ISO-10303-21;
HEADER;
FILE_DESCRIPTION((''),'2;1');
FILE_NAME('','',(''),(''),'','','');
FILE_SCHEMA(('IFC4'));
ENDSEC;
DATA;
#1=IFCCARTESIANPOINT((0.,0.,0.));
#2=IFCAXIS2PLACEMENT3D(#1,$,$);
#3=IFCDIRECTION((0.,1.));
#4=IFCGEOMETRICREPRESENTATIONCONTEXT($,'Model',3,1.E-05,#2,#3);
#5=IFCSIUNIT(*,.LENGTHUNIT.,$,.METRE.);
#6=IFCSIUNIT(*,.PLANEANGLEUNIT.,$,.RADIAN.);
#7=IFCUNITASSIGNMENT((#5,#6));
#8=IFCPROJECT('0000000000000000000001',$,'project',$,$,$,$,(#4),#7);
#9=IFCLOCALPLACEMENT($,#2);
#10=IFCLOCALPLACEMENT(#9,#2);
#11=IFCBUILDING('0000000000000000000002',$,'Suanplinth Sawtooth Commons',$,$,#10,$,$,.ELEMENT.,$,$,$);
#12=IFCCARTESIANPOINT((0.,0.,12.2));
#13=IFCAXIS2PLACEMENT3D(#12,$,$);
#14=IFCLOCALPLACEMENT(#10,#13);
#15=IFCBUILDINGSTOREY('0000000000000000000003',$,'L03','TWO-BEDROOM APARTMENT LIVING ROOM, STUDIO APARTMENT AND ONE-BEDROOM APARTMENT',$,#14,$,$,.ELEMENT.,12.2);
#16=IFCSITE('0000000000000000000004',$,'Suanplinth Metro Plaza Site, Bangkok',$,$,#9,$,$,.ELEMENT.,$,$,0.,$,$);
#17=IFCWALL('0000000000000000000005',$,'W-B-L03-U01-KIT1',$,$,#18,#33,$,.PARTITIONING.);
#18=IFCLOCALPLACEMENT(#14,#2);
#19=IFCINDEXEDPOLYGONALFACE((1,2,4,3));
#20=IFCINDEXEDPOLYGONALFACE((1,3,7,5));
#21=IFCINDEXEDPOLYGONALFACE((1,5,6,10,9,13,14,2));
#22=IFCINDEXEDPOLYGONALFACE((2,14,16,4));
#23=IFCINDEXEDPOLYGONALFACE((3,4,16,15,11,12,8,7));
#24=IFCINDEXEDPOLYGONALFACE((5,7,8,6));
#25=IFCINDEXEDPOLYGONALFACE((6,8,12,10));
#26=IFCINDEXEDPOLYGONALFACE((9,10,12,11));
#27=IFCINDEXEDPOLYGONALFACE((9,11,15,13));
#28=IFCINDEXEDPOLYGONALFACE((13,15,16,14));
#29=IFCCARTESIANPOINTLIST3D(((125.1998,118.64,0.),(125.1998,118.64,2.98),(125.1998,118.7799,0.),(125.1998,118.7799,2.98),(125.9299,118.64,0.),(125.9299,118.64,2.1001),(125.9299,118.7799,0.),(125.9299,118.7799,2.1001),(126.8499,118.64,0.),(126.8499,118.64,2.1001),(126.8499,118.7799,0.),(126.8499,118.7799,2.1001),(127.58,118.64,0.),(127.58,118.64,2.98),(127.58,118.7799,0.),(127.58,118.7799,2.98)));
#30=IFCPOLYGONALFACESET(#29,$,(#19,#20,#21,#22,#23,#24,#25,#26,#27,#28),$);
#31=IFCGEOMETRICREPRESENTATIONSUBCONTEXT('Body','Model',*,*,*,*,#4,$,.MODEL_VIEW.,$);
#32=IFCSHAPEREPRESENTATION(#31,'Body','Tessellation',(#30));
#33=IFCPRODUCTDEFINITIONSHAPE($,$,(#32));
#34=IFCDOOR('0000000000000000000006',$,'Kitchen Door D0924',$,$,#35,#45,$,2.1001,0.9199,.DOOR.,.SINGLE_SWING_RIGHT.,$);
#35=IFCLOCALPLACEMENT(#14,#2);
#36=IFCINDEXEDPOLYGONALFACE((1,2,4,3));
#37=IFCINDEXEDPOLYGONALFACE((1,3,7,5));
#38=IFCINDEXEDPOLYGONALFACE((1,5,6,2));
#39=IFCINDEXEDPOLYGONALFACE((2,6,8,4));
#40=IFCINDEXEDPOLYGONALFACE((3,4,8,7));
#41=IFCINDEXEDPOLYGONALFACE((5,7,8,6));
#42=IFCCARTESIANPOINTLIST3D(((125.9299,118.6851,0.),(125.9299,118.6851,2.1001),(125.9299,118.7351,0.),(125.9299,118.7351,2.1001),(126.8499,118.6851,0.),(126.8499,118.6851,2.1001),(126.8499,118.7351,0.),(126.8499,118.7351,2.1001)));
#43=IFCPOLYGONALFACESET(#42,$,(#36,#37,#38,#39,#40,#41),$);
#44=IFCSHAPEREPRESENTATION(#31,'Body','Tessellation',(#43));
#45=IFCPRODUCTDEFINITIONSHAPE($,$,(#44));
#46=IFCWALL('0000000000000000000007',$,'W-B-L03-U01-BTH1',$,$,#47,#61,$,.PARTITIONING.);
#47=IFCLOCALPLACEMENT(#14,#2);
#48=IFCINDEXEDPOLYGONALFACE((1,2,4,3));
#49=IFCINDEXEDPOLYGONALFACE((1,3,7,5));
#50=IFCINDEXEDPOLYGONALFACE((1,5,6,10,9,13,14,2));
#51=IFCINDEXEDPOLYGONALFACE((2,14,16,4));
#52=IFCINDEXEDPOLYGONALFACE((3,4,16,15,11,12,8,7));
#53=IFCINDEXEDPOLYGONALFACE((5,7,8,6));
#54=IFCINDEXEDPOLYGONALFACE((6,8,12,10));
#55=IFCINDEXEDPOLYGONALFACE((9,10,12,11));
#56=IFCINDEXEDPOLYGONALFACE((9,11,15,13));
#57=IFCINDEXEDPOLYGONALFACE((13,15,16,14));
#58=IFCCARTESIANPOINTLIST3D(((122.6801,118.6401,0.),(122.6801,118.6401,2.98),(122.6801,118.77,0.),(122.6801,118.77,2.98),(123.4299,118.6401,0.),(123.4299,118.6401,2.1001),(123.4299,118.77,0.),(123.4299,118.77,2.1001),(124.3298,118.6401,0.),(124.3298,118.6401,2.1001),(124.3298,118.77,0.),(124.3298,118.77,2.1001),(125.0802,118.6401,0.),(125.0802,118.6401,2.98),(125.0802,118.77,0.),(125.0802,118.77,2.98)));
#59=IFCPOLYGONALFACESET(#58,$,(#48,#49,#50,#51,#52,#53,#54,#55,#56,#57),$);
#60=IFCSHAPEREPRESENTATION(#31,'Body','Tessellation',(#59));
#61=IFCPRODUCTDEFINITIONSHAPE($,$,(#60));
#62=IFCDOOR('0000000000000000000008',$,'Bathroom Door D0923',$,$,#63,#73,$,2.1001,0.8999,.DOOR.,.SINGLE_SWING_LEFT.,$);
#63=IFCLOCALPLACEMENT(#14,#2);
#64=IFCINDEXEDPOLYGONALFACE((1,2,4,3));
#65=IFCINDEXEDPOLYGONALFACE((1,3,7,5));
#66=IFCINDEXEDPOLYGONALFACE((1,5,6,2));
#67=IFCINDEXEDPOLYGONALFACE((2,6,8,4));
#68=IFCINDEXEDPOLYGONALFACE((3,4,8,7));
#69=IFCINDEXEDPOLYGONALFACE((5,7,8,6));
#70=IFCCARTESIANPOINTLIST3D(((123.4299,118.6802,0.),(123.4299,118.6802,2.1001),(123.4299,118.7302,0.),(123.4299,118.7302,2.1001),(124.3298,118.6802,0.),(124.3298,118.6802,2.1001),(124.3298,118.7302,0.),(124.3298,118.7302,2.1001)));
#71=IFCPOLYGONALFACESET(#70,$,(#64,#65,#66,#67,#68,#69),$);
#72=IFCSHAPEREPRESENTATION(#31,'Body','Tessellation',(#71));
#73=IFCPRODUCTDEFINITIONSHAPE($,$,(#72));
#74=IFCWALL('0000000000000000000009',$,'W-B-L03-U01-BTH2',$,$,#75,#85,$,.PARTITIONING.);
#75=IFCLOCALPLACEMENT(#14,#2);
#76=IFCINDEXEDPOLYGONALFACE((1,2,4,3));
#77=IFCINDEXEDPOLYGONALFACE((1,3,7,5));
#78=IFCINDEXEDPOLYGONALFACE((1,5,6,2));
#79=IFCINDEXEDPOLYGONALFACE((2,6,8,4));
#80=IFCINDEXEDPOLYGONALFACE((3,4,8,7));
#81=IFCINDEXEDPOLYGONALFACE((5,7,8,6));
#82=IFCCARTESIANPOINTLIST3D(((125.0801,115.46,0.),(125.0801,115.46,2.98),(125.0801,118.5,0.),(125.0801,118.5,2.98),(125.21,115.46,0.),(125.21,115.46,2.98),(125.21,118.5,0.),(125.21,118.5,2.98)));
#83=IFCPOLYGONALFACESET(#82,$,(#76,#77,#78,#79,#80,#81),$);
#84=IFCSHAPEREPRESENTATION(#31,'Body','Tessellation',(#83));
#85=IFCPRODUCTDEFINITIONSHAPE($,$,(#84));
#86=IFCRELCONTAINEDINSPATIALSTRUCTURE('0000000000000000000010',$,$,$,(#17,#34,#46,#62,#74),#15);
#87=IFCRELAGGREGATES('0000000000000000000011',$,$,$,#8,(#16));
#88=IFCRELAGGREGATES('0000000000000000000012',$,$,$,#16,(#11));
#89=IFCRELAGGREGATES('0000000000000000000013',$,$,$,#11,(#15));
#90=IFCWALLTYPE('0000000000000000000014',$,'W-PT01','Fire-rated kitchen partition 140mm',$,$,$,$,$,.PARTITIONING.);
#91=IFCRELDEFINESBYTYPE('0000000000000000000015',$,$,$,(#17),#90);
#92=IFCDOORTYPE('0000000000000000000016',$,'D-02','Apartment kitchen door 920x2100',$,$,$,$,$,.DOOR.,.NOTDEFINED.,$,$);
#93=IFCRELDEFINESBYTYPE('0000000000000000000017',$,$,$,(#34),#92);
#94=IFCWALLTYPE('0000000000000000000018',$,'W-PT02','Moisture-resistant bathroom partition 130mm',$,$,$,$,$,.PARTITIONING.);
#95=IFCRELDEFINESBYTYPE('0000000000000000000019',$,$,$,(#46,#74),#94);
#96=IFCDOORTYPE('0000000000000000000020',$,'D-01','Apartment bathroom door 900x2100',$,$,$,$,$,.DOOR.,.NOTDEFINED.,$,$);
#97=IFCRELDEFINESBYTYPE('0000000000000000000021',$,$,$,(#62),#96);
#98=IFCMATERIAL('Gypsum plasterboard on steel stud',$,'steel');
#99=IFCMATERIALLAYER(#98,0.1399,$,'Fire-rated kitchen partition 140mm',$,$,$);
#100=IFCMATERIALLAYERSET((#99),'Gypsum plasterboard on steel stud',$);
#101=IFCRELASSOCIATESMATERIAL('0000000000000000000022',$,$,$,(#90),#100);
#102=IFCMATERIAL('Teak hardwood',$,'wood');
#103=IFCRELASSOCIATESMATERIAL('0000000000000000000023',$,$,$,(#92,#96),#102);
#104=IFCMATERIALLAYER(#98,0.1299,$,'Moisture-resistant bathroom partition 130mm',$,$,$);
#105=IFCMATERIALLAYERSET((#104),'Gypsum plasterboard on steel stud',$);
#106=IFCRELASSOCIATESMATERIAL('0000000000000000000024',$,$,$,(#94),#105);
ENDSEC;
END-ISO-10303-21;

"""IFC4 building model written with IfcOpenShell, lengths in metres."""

from ifc_helpers import new_model, si_unit, direction, frame, frame_2d, origin, place, context, subcontext, project, spatial, rectangle, extrude, material, layer, layer_set, type_object, element, fill, save


model = new_model("IFC4")

# Units and contexts
model_context = context("Model", 3, precision=1e-05, world=origin(), true_north=direction((0.0, 1.0)))
body_context = subcontext(model_context, "Body", "Model", "MODEL_VIEW")
ifc_project = project(units=[si_unit("LENGTHUNIT", "METRE"), si_unit("PLANEANGLEUNIT", "RADIAN")], contexts=[model_context])

# Site, building, storey
site_placement = place(None, origin())
site = spatial("IfcSite", under=ifc_project, at=site_placement, Name="Suanplinth Metro Plaza Site, Bangkok", CompositionType="ELEMENT", RefElevation=0.0)
building_placement = place(site_placement, origin())
building = spatial("IfcBuilding", under=site, at=building_placement, Name="Suanplinth Sawtooth Commons", CompositionType="ELEMENT")
storey_placement = place(building_placement, frame((0.0, 0.0, 12.2)))
storey = spatial("IfcBuildingStorey", under=building, at=storey_placement, Name="L03", Description="TWO-BEDROOM APARTMENT LIVING ROOM, STUDIO APARTMENT AND ONE-BEDROOM APARTMENT", CompositionType="ELEMENT", Elevation=12.2)

# Walls, openings, doors
ifc_material_1 = material(Name="Gypsum plasterboard on steel stud", Category="steel")
ifc_layer_1 = layer(ifc_material_1, 0.1399, Name="Fire-rated kitchen partition 140mm")
ifc_layer_set_1 = layer_set([ifc_layer_1], Name="Gypsum plasterboard on steel stud")
wall_type_1 = type_object("IfcWallType", Name="W-PT01", Description="Fire-rated kitchen partition 140mm", PredefinedType="PARTITIONING", material=ifc_layer_set_1)
wall_1_placement = place(storey_placement, frame((125.2, 118.71, 0.0), z_axis=(0.0, 0.0, 1.0), x_axis=(1.0, 0.0, 0.0)))
wall_1 = element("IfcWall", 1, at=wall_1_placement, inside=storey, type_object=wall_type_1, Name="W-B-L03-U01-KIT1", PredefinedType="PARTITIONING", context=body_context, shape_type="SweptSolid", body=[
    extrude(rectangle(XDim=2.3801, YDim=0.1399, at=frame_2d((1.1899, 0.0))), origin(), (0.0, 0.0, 1.0), 2.98),
])
opening_1_placement = place(wall_1_placement, frame((0.73, 0.0, 0.0)))
opening_1 = element("IfcOpeningElement", 2, at=opening_1_placement, cuts=wall_1, PredefinedType="OPENING", context=body_context, shape_type="SweptSolid", body=[
    extrude(rectangle(XDim=0.9199, YDim=2.1001, at=frame_2d((0.46, 1.05))), frame((0.0, 0.085, 0.0), z_axis=(0.0, -1.0, 0.0), x_axis=(1.0, 0.0, 0.0)), (0.0, 0.0, 1.0), 0.1697),
])
ifc_material_2 = material(Name="Teak hardwood", Category="wood")
door_type_1 = type_object("IfcDoorType", Name="D-02", Description="Apartment kitchen door 920x2100", OperationType="NOTDEFINED", PredefinedType="DOOR", material=ifc_material_2)
door_1_placement = place(opening_1_placement, frame((0.9199, 0.0, 0.0), z_axis=(0.0, 0.0, 1.0), x_axis=(-1.0, 0.0, 0.0)))
door_1 = element("IfcDoor", 3, at=door_1_placement, inside=storey, type_object=door_type_1, Name="Kitchen Door D0924", OperationType="SINGLE_SWING_RIGHT", OverallHeight=2.1001, OverallWidth=0.9199, PredefinedType="DOOR", context=body_context, shape_type="SweptSolid", body=[
    extrude(rectangle(XDim=0.9199, YDim=2.1001, at=frame_2d((0.46, 1.05))), frame((0.0, 0.0249, 0.0), z_axis=(0.0, -1.0, 0.0), x_axis=(1.0, 0.0, 0.0)), (0.0, 0.0, 1.0), 0.05),
])
fill(opening_1, door_1)
ifc_layer_2 = layer(ifc_material_1, 0.1299, Name="Moisture-resistant bathroom partition 130mm")
ifc_layer_set_2 = layer_set([ifc_layer_2], Name="Gypsum plasterboard on steel stud")
wall_type_2 = type_object("IfcWallType", Name="W-PT02", Description="Moisture-resistant bathroom partition 130mm", PredefinedType="PARTITIONING", material=ifc_layer_set_2)
wall_2_placement = place(storey_placement, frame((122.6799, 118.7051, 0.0), z_axis=(0.0, 0.0, 1.0), x_axis=(1.0, 0.0, 0.0)))
wall_2 = element("IfcWall", 4, at=wall_2_placement, inside=storey, type_object=wall_type_2, Name="W-B-L03-U01-BTH1", PredefinedType="PARTITIONING", context=body_context, shape_type="SweptSolid", body=[
    extrude(rectangle(XDim=2.4001, YDim=0.1299, at=frame_2d((1.2002, 0.0))), origin(), (0.0, 0.0, 1.0), 2.98),
])
opening_2_placement = place(wall_2_placement, frame((0.75, 0.0, 0.0)))
opening_2 = element("IfcOpeningElement", 5, at=opening_2_placement, cuts=wall_2, PredefinedType="OPENING", context=body_context, shape_type="SweptSolid", body=[
    extrude(rectangle(XDim=0.8999, YDim=2.1001, at=frame_2d((0.45, 1.05))), frame((0.0, 0.0798, 0.0), z_axis=(0.0, -1.0, 0.0), x_axis=(1.0, 0.0, 0.0)), (0.0, 0.0, 1.0), 0.1597),
])
door_type_2 = type_object("IfcDoorType", Name="D-01", Description="Apartment bathroom door 900x2100", OperationType="NOTDEFINED", PredefinedType="DOOR", material=ifc_material_2)
door_2_placement = place(opening_2_placement, frame((0.8999, 0.0, 0.0), z_axis=(0.0, 0.0, 1.0), x_axis=(-1.0, 0.0, 0.0)))
door_2 = element("IfcDoor", 6, at=door_2_placement, inside=storey, type_object=door_type_2, Name="Bathroom Door D0923", OperationType="SINGLE_SWING_LEFT", OverallHeight=2.1001, OverallWidth=0.8999, PredefinedType="DOOR", context=body_context, shape_type="SweptSolid", body=[
    extrude(rectangle(XDim=0.8999, YDim=2.1001, at=frame_2d((0.45, 1.05))), frame((0.0, 0.0249, 0.0), z_axis=(0.0, -1.0, 0.0), x_axis=(1.0, 0.0, 0.0)), (0.0, 0.0, 1.0), 0.05),
])
fill(opening_2, door_2)

# Wall
wall_3_placement = place(storey_placement, frame((125.145, 115.46, 0.0), z_axis=(0.0, 0.0, 1.0), x_axis=(0.0, 1.0, 0.0)))
element("IfcWall", 7, at=wall_3_placement, inside=storey, type_object=wall_type_2, Name="W-B-L03-U01-BTH2", PredefinedType="PARTITIONING", context=body_context, shape_type="SweptSolid", body=[
    extrude(rectangle(XDim=3.04, YDim=0.1299, at=frame_2d((1.52, 0.0))), origin(), (0.0, 0.0, 1.0), 2.98),
])

save(model, "model.ifc")
